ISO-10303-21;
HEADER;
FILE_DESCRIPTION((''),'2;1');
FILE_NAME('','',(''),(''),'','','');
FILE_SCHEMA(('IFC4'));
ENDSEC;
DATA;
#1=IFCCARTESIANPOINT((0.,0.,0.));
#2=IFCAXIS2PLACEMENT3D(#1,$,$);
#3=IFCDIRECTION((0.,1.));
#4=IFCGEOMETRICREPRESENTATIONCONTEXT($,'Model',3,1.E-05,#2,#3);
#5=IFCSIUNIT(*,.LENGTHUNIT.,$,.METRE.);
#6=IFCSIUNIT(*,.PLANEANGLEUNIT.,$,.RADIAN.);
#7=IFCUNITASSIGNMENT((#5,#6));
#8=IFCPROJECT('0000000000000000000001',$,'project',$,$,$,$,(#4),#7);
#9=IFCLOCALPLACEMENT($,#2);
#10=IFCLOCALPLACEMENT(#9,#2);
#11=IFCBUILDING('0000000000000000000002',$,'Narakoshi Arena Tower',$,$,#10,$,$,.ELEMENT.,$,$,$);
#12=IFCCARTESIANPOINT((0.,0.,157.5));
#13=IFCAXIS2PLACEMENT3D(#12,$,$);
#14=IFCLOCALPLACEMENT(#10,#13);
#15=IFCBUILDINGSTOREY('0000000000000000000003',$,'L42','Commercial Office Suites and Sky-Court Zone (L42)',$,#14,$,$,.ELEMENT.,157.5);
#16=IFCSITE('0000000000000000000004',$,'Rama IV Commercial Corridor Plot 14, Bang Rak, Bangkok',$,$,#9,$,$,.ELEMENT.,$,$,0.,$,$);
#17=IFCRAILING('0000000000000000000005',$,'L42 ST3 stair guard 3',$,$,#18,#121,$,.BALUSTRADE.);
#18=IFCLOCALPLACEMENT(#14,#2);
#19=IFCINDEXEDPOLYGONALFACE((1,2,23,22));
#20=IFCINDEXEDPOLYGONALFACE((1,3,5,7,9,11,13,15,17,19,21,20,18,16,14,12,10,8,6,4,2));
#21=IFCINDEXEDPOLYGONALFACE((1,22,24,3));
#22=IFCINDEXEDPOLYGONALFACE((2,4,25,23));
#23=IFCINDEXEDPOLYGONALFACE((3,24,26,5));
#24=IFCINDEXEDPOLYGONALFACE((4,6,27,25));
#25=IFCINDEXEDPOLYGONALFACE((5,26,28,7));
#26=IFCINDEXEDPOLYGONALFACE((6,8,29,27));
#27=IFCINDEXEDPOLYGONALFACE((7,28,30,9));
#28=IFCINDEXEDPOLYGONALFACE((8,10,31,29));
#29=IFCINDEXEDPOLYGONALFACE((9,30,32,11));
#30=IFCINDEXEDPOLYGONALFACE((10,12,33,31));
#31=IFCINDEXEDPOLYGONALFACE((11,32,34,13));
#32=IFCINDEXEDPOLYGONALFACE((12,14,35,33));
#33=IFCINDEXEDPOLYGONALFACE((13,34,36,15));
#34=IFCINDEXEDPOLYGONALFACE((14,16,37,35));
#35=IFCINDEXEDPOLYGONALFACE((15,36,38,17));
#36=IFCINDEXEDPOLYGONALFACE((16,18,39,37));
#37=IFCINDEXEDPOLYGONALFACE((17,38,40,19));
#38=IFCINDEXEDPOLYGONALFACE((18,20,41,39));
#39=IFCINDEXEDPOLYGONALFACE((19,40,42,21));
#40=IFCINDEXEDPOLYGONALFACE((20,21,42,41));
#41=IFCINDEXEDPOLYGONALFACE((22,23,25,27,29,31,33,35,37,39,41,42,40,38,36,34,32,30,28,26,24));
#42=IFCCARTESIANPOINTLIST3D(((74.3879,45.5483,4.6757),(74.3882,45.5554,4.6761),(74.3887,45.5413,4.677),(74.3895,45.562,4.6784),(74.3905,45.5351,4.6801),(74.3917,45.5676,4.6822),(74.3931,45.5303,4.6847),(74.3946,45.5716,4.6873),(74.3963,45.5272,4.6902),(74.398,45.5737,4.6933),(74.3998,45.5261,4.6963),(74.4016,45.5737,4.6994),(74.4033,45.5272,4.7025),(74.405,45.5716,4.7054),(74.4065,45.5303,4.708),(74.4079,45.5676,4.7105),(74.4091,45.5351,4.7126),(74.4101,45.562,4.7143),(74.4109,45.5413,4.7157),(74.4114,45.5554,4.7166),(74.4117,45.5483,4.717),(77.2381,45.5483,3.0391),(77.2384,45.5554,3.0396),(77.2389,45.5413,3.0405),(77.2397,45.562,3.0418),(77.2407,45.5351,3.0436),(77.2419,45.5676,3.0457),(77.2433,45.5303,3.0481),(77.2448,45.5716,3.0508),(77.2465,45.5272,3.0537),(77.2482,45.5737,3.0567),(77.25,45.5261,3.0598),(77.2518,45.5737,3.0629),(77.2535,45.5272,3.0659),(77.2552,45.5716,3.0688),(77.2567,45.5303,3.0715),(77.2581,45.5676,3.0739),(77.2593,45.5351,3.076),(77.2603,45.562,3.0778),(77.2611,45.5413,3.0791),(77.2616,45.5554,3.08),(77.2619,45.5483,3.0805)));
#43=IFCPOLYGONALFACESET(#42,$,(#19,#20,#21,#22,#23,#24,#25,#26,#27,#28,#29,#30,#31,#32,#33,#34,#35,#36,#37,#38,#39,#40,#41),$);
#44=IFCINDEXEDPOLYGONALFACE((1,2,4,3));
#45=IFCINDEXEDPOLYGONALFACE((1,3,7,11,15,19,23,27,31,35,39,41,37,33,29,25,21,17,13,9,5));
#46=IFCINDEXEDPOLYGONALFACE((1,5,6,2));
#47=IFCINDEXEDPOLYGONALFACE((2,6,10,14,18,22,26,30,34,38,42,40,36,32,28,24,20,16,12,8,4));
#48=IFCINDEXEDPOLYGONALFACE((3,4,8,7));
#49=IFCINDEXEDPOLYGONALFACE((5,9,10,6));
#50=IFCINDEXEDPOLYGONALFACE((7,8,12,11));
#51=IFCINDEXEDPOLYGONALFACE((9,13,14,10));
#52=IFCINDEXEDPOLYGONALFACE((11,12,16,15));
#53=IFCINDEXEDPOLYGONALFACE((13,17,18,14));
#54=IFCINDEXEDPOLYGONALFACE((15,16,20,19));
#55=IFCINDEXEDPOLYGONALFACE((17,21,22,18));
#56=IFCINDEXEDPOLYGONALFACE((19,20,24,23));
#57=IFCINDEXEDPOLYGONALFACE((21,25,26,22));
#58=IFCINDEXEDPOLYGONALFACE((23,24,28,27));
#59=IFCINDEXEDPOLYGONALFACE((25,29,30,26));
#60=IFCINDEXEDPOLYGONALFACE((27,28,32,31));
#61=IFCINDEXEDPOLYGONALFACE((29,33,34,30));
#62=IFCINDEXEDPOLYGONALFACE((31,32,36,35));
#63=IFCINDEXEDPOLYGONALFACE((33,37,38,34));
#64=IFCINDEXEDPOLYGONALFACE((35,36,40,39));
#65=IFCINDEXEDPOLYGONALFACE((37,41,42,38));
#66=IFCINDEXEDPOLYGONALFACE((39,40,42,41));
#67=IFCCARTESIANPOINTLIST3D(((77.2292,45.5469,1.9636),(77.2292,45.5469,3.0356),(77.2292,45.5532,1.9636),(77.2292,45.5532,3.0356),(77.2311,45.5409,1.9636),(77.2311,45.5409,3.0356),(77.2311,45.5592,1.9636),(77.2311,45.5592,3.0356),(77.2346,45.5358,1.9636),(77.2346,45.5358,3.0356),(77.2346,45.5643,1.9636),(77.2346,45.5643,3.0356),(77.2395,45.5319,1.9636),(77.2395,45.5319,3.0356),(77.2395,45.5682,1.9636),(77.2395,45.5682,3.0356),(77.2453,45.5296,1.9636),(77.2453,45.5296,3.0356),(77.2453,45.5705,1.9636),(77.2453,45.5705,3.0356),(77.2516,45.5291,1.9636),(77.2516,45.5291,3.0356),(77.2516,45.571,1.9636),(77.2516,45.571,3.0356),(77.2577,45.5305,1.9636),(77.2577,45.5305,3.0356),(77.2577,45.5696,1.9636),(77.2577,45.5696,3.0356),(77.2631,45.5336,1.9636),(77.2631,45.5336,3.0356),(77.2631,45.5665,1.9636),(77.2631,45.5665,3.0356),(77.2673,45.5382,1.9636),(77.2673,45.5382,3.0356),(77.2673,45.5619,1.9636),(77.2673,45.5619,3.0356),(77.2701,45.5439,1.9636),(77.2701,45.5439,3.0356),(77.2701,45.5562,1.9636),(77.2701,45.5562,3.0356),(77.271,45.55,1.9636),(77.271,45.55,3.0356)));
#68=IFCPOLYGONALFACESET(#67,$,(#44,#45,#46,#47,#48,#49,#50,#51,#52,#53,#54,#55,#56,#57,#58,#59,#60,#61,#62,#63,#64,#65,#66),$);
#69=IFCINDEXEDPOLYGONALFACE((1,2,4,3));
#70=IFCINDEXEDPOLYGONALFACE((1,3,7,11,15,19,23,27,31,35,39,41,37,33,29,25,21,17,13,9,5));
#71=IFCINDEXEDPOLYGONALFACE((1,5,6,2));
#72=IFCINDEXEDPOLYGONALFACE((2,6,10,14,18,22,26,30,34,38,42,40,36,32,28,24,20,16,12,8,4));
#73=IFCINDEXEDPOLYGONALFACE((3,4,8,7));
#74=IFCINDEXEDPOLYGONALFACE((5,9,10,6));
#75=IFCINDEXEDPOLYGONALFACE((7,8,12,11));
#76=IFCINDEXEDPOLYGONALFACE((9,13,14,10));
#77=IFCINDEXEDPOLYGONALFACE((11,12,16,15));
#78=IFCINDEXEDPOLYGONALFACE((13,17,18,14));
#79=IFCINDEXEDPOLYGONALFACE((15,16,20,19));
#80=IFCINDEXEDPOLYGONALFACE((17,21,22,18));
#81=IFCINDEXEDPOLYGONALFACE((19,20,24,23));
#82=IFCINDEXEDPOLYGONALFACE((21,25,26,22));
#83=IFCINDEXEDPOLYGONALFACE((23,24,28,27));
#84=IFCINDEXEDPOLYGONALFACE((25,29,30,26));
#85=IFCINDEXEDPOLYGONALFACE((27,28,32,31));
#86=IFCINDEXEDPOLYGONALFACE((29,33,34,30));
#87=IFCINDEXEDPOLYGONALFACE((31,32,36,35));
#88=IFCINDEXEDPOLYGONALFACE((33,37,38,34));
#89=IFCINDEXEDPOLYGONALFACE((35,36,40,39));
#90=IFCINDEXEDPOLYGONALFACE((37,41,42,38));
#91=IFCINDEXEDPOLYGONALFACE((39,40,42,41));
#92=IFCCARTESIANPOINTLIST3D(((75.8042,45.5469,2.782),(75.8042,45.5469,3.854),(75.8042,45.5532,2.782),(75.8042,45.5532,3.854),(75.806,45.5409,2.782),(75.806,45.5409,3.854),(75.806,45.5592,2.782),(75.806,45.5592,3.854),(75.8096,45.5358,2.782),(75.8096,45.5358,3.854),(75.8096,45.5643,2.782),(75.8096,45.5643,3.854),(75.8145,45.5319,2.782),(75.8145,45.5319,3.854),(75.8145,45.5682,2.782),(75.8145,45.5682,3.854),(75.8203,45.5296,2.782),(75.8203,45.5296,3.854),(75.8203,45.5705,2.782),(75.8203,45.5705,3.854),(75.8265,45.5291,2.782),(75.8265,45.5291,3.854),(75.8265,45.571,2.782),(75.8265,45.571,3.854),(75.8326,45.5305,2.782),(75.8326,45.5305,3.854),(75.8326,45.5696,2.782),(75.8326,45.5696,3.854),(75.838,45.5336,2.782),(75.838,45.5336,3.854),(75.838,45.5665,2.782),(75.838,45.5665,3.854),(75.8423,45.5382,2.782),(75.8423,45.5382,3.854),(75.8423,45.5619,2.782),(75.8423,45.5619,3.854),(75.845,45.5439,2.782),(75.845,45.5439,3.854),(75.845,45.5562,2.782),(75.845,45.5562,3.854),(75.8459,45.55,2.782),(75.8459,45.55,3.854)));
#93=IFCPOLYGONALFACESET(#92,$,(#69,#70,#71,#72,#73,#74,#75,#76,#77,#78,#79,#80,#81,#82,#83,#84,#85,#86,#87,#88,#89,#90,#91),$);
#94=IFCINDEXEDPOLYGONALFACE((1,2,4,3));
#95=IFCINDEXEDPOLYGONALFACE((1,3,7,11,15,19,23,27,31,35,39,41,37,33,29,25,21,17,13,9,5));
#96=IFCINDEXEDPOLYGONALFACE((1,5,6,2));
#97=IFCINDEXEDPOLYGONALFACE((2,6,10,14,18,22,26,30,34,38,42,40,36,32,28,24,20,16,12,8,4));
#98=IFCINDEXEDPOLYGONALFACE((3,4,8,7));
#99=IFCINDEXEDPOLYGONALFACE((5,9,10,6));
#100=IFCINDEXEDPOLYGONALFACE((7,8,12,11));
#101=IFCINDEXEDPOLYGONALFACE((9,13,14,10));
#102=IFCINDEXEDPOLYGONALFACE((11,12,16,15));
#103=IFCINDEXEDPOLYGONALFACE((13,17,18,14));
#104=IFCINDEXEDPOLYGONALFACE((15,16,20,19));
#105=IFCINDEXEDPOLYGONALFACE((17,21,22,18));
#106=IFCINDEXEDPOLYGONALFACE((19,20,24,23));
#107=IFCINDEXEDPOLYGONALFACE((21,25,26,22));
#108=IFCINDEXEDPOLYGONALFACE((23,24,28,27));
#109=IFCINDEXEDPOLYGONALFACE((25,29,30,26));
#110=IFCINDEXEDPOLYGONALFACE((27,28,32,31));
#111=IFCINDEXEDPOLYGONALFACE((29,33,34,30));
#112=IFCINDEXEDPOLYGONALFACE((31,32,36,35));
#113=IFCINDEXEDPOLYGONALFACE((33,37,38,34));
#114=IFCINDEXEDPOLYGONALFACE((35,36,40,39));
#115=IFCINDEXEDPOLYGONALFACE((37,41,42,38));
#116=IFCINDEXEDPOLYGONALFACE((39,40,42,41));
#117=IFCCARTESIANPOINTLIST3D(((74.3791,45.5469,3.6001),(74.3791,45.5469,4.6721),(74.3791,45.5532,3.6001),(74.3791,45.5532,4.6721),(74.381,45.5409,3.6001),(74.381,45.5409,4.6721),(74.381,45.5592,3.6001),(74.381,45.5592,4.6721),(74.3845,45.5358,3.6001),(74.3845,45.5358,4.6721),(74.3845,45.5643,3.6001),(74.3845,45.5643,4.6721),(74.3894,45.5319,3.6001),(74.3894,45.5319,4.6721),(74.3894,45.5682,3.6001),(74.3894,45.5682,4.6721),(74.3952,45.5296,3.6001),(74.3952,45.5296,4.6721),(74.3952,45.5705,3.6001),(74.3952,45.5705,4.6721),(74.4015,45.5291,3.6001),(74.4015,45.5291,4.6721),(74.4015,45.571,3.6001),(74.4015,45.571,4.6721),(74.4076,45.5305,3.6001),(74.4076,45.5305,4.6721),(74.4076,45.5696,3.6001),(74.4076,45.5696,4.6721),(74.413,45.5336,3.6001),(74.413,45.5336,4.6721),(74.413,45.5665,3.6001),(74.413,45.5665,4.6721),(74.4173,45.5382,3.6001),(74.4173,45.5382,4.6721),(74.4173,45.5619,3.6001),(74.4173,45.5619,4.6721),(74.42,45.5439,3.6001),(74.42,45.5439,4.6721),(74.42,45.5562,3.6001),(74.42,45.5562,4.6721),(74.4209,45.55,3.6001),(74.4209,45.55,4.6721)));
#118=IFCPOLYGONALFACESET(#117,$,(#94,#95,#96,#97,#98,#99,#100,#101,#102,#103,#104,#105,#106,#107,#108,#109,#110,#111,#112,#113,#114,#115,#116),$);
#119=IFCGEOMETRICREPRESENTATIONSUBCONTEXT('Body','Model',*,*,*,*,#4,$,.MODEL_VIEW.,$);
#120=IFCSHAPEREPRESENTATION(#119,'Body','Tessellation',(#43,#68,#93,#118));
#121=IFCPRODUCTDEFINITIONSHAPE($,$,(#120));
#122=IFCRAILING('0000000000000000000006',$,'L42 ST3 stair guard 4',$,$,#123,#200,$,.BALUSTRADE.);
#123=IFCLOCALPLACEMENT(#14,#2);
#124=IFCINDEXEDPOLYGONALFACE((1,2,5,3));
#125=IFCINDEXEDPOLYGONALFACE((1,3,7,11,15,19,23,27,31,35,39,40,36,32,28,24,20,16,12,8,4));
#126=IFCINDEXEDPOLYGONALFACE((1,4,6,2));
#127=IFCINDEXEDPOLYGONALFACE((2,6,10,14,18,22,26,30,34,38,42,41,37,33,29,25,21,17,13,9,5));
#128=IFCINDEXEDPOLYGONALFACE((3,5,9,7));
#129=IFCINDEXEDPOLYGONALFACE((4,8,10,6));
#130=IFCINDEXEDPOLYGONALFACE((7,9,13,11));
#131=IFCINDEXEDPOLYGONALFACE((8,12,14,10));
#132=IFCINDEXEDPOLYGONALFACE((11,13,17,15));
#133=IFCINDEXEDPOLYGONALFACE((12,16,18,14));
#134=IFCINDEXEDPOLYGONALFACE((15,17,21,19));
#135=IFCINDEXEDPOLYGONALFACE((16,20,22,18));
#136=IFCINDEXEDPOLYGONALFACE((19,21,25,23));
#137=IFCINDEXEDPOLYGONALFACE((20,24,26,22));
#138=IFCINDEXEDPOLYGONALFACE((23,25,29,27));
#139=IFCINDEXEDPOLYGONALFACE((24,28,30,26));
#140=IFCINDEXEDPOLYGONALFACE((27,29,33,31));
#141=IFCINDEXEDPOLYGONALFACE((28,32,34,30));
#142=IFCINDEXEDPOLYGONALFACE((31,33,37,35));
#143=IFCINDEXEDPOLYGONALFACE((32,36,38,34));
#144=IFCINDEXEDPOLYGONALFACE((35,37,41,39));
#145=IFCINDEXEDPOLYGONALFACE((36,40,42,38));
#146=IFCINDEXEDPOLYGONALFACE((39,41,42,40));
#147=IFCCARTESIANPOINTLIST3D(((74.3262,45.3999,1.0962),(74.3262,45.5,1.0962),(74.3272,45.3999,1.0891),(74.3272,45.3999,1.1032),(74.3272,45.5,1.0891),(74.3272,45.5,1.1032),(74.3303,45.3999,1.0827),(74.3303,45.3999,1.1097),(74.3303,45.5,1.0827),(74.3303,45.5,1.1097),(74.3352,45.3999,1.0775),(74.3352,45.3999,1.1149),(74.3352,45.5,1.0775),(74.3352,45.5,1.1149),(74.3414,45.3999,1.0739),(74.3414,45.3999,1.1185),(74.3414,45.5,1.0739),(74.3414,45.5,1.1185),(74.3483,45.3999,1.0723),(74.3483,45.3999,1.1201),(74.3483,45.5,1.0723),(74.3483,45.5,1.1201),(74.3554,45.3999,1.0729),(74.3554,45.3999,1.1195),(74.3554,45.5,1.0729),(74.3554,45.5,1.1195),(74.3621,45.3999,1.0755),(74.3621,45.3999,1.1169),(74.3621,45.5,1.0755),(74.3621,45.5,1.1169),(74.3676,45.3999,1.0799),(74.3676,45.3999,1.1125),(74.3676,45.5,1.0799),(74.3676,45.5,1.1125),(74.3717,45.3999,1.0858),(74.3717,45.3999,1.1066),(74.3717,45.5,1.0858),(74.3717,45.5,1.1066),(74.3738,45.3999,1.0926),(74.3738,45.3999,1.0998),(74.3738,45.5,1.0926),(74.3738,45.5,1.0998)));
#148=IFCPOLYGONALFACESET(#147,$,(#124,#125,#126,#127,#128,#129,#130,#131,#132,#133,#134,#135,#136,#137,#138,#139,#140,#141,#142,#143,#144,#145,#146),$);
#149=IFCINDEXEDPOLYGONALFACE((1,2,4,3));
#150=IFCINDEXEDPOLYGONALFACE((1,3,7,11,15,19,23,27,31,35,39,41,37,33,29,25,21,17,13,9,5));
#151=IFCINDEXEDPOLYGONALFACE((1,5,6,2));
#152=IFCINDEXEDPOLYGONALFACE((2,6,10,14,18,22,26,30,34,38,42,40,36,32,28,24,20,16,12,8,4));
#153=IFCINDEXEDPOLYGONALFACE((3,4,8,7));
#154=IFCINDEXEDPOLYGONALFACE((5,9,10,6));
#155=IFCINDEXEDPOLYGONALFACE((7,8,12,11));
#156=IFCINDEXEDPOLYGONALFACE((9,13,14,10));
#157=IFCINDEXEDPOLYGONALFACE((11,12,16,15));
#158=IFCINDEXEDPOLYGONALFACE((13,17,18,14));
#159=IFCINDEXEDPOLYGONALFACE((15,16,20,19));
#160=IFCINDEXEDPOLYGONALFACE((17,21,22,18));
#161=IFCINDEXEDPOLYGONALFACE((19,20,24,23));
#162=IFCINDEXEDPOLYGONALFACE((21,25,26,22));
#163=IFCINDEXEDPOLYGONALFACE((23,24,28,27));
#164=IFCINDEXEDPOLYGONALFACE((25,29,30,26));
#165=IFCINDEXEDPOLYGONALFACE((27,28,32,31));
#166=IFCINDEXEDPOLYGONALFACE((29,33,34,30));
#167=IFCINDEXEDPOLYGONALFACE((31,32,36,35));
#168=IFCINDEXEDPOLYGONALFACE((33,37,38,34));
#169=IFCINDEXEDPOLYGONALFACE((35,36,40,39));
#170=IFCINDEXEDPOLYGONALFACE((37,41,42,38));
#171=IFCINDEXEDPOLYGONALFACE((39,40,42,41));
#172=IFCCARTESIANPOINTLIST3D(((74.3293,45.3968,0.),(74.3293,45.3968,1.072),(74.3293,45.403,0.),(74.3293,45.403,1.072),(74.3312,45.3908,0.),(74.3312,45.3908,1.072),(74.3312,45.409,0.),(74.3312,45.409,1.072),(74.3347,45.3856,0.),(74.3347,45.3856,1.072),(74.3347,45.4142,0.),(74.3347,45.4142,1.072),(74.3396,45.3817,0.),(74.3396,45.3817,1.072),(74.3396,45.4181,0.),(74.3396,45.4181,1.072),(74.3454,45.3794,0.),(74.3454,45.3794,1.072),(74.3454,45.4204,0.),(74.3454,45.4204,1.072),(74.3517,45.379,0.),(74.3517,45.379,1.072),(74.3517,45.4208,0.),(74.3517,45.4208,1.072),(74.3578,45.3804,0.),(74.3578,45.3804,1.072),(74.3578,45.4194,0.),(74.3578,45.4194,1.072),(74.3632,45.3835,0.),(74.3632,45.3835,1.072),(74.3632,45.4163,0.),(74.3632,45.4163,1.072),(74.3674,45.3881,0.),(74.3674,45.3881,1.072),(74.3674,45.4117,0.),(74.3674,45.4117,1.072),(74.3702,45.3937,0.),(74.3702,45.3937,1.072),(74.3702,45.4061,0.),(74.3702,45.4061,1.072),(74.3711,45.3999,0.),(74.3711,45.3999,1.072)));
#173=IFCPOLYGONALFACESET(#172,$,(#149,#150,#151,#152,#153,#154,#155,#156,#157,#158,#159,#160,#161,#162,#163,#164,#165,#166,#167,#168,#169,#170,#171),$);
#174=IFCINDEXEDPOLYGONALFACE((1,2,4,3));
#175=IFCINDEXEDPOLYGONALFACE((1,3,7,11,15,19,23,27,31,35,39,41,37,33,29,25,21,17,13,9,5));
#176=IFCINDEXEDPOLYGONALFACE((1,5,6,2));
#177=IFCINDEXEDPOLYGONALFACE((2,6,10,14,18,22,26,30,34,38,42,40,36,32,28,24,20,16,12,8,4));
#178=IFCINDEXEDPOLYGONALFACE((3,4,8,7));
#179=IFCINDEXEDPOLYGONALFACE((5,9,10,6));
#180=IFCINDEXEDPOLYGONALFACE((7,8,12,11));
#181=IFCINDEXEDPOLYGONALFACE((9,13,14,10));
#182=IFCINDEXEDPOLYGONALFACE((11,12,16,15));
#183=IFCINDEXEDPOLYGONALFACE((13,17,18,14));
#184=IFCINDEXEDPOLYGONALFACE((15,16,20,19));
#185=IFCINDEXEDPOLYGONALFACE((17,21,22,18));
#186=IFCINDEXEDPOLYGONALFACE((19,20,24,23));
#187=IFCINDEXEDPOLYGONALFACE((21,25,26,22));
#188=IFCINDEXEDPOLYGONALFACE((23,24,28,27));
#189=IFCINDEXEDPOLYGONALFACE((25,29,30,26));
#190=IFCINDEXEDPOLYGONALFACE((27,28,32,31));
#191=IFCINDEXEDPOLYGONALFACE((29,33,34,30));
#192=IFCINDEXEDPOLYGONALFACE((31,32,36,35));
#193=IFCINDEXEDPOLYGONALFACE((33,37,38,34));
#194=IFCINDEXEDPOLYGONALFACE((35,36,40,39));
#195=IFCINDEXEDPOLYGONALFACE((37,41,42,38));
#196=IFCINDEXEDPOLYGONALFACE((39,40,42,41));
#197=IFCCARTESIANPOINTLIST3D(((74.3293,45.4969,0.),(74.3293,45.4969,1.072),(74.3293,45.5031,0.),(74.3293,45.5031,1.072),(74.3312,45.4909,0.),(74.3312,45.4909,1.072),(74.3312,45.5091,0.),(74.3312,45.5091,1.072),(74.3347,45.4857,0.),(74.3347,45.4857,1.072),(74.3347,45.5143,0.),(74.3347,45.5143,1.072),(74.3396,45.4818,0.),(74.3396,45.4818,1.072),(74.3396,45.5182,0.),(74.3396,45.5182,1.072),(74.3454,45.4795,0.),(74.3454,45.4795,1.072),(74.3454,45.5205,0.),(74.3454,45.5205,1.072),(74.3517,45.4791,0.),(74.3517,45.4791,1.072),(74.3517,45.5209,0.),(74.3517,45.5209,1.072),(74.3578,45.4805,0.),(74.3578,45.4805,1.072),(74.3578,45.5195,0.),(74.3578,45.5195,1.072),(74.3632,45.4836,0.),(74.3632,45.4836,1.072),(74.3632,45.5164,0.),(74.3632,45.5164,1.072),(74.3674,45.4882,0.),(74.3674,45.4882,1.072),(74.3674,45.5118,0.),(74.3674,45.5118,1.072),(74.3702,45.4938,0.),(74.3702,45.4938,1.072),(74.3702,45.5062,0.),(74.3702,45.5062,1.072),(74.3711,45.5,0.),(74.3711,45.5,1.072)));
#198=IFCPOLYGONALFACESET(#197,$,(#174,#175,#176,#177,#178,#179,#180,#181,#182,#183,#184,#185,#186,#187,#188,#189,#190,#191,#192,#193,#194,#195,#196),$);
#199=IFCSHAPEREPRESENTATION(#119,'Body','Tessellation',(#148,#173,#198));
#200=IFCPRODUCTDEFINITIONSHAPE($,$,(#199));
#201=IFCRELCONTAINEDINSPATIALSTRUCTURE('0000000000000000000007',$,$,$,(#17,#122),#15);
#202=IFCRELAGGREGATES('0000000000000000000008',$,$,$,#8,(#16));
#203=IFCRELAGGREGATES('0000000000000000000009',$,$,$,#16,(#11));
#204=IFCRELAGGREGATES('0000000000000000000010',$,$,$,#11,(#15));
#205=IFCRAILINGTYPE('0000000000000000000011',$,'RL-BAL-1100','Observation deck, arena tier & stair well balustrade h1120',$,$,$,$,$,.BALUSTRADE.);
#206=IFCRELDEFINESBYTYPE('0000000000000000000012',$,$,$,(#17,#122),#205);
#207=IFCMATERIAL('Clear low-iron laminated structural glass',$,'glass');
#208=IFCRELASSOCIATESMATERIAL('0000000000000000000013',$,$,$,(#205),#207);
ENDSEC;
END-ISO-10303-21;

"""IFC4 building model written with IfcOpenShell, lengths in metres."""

from ifc_helpers import new_model, si_unit, direction, frame, origin, origin_2d, place, context, subcontext, project, spatial, circle, extrude, material, type_object, element, save


model = new_model("IFC4")

# Units and contexts
model_context = context("Model", 3, precision=1e-05, world=origin(), true_north=direction((0.0, 1.0)))
body_context = subcontext(model_context, "Body", "Model", "MODEL_VIEW")
ifc_project = project(units=[si_unit("LENGTHUNIT", "METRE"), si_unit("PLANEANGLEUNIT", "RADIAN")], contexts=[model_context])

# Site, building, storey
site_placement = place(None, origin())
site = spatial("IfcSite", under=ifc_project, at=site_placement, Name="Rama IV Commercial Corridor Plot 14, Bang Rak, Bangkok", CompositionType="ELEMENT", RefElevation=0.0)
building_placement = place(site_placement, origin())
building = spatial("IfcBuilding", under=site, at=building_placement, Name="Narakoshi Arena Tower", CompositionType="ELEMENT")
storey_placement = place(building_placement, frame((0.0, 0.0, 157.5)))
storey = spatial("IfcBuildingStorey", under=building, at=storey_placement, Name="L42", Description="Commercial Office Suites and Sky-Court Zone (L42)", CompositionType="ELEMENT", Elevation=157.5)

# Railings
ifc_material_1 = material(Name="Clear low-iron laminated structural glass", Category="glass")
railing_type_1 = type_object("IfcRailingType", Name="RL-BAL-1100", Description="Observation deck, arena tier & stair well balustrade h1120", PredefinedType="BALUSTRADE", material=ifc_material_1)
railing_1_placement = place(storey_placement, frame((77.25, 45.55, 1.9636)))
element("IfcRailing", 1, at=railing_1_placement, inside=storey, type_object=railing_type_1, Name="L42 ST3 stair guard 3", PredefinedType="BALUSTRADE", context=body_context, shape_type="SweptSolid", body=[
    extrude(circle(Radius=0.0239, at=origin_2d()), frame((0.0, 0.0, 1.0962), z_axis=(-0.867213, 0.0, 0.497938), x_axis=(0.0, -1.0, 0.0)), (0.0, 0.0, 1.0), 3.2866),
    extrude(circle(Radius=0.021, at=origin_2d()), origin(), (0.0, 0.0, 1.0), 1.072),
    extrude(circle(Radius=0.021, at=origin_2d()), frame((-1.425, 0.0, 0.8184)), (0.0, 0.0, 1.0), 1.072),
    extrude(circle(Radius=0.021, at=origin_2d()), frame((-2.8501, 0.0, 1.6365)), (0.0, 0.0, 1.0), 1.072),
])
railing_2_placement = place(storey_placement, frame((74.3501, 45.3999, 0.0)))
element("IfcRailing", 2, at=railing_2_placement, inside=storey, type_object=railing_type_1, Name="L42 ST3 stair guard 4", PredefinedType="BALUSTRADE", context=body_context, shape_type="SweptSolid", body=[
    extrude(circle(Radius=0.0239, at=origin_2d()), frame((0.0, 0.0, 1.0962), z_axis=(0.0, 1.0, 0.0), x_axis=(-1.0, 0.0, 0.0)), (0.0, 0.0, 1.0), 0.1001),
    extrude(circle(Radius=0.021, at=origin_2d()), origin(), (0.0, 0.0, 1.0), 1.072),
    extrude(circle(Radius=0.021, at=origin_2d()), frame((0.0, 0.1001, 0.0)), (0.0, 0.0, 1.0), 1.072),
])

save(model, "model.ifc")
